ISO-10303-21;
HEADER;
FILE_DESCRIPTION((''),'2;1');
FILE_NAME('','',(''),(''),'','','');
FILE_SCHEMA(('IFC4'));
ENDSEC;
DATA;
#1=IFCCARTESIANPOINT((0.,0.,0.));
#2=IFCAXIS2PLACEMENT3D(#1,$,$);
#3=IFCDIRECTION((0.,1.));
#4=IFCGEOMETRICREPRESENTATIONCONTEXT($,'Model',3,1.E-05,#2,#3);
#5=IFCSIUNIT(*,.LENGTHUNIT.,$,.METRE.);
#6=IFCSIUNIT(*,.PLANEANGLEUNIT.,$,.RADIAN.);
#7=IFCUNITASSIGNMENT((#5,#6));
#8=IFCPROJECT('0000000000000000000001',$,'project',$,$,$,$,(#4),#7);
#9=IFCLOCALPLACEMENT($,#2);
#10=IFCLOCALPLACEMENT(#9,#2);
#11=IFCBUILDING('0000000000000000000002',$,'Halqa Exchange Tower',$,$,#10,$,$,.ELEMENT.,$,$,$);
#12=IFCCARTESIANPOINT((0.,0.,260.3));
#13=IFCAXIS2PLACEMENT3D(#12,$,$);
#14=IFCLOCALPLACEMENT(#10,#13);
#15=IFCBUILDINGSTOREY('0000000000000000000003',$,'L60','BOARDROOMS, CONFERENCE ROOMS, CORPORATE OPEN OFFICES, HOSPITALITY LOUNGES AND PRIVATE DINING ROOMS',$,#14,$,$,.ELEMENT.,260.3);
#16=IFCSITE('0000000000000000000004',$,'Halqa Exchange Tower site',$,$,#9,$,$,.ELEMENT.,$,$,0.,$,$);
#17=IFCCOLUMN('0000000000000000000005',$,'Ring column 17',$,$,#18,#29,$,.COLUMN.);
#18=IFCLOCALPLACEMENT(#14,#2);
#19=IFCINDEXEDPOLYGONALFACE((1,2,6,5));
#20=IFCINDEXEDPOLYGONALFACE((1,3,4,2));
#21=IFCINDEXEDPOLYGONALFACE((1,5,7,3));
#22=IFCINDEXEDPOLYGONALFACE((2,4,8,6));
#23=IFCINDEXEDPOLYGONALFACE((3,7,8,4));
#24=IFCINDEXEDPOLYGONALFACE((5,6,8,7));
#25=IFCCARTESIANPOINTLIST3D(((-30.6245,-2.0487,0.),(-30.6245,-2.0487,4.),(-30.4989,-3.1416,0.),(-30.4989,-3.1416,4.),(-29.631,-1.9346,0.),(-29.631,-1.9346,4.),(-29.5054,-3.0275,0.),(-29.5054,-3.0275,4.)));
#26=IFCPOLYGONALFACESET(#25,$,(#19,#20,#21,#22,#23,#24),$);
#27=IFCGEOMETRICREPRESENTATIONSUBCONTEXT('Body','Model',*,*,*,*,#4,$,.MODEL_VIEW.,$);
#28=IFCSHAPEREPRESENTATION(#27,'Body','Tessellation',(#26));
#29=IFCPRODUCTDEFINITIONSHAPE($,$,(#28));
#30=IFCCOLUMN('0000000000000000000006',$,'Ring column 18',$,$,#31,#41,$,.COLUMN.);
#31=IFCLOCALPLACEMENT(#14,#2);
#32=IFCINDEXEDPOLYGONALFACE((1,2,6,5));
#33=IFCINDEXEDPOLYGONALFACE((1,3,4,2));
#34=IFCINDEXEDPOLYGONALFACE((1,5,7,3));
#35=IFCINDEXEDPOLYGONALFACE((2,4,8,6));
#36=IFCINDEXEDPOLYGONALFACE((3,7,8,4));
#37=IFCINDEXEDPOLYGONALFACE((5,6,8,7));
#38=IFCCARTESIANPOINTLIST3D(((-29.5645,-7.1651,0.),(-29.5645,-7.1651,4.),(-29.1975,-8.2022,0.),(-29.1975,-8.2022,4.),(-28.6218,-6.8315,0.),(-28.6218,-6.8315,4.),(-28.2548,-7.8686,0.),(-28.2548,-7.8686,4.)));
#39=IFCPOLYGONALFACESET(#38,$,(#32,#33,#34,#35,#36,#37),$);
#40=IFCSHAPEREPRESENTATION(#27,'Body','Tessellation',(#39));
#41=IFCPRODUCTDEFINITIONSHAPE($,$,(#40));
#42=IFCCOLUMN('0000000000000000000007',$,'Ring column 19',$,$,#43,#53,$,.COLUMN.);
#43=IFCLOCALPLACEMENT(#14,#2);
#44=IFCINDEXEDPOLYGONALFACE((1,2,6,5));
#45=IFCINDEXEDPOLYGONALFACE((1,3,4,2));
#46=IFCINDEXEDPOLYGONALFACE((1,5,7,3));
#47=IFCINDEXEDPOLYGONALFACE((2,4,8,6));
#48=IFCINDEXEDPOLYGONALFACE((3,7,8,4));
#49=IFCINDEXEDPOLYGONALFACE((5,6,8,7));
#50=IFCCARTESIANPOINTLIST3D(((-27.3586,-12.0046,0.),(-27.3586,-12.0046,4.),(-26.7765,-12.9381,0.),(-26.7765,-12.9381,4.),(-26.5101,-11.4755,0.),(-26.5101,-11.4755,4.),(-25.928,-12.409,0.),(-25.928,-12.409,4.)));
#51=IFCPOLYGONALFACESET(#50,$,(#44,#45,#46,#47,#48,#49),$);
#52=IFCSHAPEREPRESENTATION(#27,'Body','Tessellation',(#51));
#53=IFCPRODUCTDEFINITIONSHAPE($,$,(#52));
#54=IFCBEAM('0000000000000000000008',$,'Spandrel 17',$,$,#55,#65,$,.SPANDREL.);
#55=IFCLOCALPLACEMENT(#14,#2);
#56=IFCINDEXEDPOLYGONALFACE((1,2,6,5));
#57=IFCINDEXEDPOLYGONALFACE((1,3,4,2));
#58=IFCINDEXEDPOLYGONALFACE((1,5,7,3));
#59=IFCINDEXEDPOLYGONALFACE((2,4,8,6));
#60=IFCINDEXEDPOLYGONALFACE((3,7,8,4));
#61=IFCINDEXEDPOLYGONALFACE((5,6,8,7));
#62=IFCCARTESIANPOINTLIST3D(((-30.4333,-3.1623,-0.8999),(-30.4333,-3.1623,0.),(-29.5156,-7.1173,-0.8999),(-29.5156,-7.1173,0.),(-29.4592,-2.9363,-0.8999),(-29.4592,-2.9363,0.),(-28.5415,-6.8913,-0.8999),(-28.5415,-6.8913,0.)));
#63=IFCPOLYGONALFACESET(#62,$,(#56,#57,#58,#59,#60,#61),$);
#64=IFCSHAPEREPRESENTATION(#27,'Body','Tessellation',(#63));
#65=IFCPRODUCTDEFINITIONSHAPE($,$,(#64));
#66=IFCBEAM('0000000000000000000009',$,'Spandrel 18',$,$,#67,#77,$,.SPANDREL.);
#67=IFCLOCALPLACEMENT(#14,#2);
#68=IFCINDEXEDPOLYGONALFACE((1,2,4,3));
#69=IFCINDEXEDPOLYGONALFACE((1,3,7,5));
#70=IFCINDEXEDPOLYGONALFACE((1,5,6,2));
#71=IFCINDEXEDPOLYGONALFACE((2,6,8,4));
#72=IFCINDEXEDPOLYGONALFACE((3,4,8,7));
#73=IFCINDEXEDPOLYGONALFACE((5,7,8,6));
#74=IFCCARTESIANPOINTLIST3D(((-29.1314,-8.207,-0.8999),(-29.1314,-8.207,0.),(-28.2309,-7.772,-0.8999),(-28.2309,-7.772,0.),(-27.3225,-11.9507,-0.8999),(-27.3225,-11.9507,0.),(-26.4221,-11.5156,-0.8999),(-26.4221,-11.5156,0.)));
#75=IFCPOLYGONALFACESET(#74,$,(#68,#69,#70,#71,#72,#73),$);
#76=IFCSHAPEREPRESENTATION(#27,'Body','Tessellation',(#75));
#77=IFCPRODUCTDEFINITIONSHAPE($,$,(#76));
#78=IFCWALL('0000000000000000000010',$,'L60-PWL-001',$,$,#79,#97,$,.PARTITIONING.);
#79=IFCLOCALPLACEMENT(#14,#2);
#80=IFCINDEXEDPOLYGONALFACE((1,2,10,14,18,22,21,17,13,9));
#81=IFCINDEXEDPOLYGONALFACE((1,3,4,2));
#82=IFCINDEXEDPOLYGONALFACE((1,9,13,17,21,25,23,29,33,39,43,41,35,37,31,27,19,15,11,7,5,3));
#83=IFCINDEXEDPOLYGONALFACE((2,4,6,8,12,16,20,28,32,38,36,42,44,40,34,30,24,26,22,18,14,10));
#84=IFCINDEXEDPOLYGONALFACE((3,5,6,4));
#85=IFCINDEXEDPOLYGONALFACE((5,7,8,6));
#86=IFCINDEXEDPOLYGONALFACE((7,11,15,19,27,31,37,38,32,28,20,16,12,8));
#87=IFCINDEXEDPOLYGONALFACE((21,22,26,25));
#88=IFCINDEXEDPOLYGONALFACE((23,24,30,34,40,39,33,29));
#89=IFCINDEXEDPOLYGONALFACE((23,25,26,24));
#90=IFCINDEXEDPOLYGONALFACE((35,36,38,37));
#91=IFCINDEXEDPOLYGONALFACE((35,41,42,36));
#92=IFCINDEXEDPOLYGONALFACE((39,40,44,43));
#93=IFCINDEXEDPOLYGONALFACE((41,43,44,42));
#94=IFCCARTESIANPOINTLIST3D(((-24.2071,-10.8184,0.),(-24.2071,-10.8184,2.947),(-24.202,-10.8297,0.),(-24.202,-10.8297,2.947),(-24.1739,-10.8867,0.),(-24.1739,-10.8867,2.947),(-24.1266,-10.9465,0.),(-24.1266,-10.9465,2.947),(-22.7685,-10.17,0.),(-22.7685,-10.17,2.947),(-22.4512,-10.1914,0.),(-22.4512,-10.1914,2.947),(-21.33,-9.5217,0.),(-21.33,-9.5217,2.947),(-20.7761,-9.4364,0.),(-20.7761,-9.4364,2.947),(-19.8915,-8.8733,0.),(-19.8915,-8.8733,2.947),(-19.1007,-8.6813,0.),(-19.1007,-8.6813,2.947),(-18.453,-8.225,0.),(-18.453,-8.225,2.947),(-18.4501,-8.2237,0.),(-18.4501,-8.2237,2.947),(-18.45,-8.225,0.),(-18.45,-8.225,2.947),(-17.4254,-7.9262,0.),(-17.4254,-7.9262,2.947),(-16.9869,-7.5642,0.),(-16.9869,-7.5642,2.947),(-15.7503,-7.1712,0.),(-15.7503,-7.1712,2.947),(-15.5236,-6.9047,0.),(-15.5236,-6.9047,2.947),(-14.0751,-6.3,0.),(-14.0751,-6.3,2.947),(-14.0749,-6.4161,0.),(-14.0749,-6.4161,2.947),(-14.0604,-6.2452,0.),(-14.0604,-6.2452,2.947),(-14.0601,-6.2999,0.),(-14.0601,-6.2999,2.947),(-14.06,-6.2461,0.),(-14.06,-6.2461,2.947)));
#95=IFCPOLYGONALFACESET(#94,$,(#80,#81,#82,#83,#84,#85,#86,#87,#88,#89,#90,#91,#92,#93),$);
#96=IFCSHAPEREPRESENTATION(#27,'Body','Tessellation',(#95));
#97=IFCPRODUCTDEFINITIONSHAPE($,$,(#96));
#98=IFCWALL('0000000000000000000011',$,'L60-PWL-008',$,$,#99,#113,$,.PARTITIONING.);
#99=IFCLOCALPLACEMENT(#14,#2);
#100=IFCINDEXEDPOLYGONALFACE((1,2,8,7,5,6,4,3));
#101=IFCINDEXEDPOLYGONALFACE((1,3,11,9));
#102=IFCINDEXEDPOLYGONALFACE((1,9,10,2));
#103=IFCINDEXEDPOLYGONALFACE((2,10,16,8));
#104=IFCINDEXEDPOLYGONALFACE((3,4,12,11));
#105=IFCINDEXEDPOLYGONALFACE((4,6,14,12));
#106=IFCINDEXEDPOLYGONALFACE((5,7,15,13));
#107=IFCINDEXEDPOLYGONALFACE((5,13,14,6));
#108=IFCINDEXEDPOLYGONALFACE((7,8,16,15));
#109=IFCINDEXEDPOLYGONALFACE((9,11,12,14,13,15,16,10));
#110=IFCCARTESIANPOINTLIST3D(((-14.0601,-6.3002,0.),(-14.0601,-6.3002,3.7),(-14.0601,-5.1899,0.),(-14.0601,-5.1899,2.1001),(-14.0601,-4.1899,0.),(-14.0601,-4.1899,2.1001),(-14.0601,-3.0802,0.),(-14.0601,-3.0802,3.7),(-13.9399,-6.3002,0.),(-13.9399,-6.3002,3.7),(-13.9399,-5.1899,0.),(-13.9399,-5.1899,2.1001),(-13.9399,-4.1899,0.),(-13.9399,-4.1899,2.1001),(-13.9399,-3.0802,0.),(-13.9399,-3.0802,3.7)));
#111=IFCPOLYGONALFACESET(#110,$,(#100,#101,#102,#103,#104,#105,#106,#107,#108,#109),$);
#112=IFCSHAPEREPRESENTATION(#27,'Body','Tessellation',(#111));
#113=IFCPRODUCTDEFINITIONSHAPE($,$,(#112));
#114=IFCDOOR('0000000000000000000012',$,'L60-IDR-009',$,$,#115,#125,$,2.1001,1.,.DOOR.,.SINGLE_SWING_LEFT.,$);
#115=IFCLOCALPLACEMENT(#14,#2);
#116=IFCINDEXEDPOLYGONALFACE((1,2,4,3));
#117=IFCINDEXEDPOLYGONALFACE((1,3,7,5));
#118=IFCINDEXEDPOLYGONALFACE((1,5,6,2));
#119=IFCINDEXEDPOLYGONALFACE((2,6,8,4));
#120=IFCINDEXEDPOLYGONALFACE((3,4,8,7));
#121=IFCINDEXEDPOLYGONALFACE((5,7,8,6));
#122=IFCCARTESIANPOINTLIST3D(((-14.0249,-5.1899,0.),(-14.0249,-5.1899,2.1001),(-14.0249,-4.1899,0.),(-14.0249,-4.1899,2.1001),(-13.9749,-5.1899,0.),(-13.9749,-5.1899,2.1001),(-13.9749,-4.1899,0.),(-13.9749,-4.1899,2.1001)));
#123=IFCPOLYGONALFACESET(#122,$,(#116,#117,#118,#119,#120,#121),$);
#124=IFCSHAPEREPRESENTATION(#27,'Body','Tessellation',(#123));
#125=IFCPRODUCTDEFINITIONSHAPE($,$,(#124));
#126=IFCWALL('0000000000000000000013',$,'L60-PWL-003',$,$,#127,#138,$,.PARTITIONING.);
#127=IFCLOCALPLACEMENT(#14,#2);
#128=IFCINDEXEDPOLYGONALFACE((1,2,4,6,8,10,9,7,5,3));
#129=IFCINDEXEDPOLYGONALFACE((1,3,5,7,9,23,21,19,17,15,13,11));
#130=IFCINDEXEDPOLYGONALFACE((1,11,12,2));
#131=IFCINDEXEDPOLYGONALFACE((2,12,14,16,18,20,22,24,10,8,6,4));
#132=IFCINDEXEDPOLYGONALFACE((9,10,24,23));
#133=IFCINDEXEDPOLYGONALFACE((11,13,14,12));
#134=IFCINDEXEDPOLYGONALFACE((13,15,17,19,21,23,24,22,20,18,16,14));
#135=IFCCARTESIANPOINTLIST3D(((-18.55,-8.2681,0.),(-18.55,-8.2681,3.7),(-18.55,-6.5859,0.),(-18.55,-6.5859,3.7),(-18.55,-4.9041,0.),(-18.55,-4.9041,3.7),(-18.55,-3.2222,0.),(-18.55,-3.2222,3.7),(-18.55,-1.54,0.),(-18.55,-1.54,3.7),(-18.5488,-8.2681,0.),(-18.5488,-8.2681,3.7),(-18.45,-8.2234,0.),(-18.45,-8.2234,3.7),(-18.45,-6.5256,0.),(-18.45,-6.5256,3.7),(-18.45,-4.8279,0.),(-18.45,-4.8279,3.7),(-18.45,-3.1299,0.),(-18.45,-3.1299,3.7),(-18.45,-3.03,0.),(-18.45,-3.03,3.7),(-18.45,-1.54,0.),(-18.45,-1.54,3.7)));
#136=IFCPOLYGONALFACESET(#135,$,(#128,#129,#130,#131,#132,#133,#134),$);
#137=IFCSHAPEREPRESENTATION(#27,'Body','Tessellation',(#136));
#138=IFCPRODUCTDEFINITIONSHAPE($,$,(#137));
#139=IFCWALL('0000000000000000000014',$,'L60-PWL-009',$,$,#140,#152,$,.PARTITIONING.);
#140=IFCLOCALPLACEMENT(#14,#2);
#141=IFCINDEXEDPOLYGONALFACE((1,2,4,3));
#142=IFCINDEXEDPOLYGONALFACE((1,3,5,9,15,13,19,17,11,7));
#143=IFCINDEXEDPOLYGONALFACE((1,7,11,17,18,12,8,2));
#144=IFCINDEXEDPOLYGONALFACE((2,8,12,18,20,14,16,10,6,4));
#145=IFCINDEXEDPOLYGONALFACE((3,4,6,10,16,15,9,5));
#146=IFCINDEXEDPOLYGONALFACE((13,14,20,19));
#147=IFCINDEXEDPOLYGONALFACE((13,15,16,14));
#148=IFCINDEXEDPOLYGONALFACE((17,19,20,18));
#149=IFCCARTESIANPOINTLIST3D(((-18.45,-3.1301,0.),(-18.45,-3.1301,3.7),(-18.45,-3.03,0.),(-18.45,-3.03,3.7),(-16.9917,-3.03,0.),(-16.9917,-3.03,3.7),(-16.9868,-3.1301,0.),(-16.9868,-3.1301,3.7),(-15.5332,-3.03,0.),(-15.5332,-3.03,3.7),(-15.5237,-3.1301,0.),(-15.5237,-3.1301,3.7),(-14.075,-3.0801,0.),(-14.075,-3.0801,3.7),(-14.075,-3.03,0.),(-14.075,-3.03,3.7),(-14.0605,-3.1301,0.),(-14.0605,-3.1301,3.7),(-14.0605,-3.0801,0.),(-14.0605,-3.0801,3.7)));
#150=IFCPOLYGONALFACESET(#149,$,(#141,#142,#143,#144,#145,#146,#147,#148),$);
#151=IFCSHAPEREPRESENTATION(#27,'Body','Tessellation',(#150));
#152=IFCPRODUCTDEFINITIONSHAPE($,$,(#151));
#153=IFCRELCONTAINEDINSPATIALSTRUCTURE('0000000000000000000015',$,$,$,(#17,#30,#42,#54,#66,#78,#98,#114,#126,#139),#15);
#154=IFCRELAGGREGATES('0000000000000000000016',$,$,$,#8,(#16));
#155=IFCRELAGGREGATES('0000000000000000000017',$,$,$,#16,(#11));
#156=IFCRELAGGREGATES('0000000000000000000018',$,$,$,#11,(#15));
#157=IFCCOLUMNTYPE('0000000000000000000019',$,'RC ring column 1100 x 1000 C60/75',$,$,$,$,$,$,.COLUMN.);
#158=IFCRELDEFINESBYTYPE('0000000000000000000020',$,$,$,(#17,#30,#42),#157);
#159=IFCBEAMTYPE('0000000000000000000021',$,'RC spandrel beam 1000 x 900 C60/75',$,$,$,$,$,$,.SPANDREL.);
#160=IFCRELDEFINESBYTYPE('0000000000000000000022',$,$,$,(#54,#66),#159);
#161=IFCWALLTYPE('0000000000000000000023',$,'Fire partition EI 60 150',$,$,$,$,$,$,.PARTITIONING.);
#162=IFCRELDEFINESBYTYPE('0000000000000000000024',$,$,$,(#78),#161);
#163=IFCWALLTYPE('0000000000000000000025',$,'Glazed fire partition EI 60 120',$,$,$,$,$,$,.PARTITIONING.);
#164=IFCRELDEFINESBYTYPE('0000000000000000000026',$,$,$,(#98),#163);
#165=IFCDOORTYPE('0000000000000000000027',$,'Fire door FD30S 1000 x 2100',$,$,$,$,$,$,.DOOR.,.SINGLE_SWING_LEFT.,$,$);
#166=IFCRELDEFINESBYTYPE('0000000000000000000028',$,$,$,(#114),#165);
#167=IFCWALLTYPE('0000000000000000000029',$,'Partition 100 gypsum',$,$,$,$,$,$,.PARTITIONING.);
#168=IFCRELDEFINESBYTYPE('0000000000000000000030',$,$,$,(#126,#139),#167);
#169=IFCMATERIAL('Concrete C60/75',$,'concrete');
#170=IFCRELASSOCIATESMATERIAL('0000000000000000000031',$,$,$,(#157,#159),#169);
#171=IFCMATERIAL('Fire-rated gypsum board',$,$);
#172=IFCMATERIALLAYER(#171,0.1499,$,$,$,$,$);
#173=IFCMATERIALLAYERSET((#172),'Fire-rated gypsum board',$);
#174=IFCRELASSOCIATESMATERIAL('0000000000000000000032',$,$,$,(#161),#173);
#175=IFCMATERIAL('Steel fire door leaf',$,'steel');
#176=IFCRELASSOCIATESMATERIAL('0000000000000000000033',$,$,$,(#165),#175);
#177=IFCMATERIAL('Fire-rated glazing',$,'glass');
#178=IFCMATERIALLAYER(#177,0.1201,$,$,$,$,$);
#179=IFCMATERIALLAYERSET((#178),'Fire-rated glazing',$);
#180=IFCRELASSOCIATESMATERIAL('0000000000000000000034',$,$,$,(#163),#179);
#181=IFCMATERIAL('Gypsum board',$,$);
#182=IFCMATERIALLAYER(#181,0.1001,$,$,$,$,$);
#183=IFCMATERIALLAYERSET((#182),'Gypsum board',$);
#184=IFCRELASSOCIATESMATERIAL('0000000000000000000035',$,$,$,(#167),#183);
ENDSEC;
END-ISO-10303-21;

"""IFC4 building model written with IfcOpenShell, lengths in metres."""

from ifc_helpers import new_model, si_unit, direction, frame, frame_2d, origin, origin_2d, place, context, subcontext, project, spatial, polyline, rectangle, outline, extrude, material, layer, layer_set, material_profile, profile_set, type_object, element, fill, save


model = new_model("IFC4")

# Units and contexts
model_context = context("Model", 3, precision=1e-05, world=origin(), true_north=direction((0.0, 1.0)))
body_context = subcontext(model_context, "Body", "Model", "MODEL_VIEW")
ifc_project = project(units=[si_unit("LENGTHUNIT", "METRE"), si_unit("PLANEANGLEUNIT", "RADIAN")], contexts=[model_context])

# Site, building, storey
site_placement = place(None, origin())
site = spatial("IfcSite", under=ifc_project, at=site_placement, Name="Halqa Exchange Tower site", CompositionType="ELEMENT", RefElevation=0.0)
building_placement = place(site_placement, origin())
building = spatial("IfcBuilding", under=site, at=building_placement, Name="Halqa Exchange Tower", CompositionType="ELEMENT")
storey_placement = place(building_placement, frame((0.0, 0.0, 260.3)))
storey = spatial("IfcBuildingStorey", under=building, at=storey_placement, Name="L60", Description="BOARDROOMS, CONFERENCE ROOMS, CORPORATE OPEN OFFICES, HOSPITALITY LOUNGES AND PRIVATE DINING ROOMS", CompositionType="ELEMENT", Elevation=260.3)

# Columns
ifc_material_1 = material(Name="Concrete C60/75", Category="concrete")
ifc_material_profile_1 = material_profile(ifc_material_1, rectangle(XDim=1.1001, YDim=1.0, at=origin_2d()), Name="1100 x 1000")
ifc_profile_set_1 = profile_set([ifc_material_profile_1], Name="Concrete C60/75")
column_type = type_object("IfcColumnType", Name="RC ring column 1100 x 1000 C60/75", PredefinedType="COLUMN", material=ifc_profile_set_1)
for number, where, z_axis, x_axis, name in (
    (1, (-30.0649, -2.5381, 0.0), (0.0, 0.0, 1.0), (0.114159, -0.993463, 0.0), "Ring column 17"),
    (2, (-28.9097, -7.5168, 0.0), (0.0, 0.0, 1.0), (0.333623, -0.942707, 0.0), "Ring column 18"),
    (3, (-26.6433, -12.2068, 0.0), (0.0, 0.0, 1.0), (0.52914, -0.848534, 0.0), "Ring column 19"),
):
    element("IfcColumn", number, at=place(storey_placement, frame(where, z_axis=z_axis, x_axis=x_axis)), inside=storey, type_object=column_type, Name=name, PredefinedType="COLUMN", context=body_context, shape_type="SweptSolid", body=[
        extrude(rectangle(XDim=1.1001, YDim=1.0, at=origin_2d()), origin(), (0.0, 0.0, 1.0), 4.0),
    ])

# Beams
ifc_material_profile_2 = material_profile(ifc_material_1, rectangle(XDim=1.0, YDim=0.8999, at=origin_2d()), Name="1000 x 900")
ifc_profile_set_2 = profile_set([ifc_material_profile_2], Name="Concrete C60/75")
beam_type = type_object("IfcBeamType", Name="RC spandrel beam 1000 x 900 C60/75", PredefinedType="SPANDREL", material=ifc_profile_set_2)
beam_1_placement = place(storey_placement, frame((-29.9463, -3.0493, -0.45), z_axis=(0.226032, -0.97412, 0.0), x_axis=(0.97412, 0.226032, 0.0)))
element("IfcBeam", 4, at=beam_1_placement, inside=storey, type_object=beam_type, Name="Spandrel 17", PredefinedType="SPANDREL", context=body_context, shape_type="SweptSolid", body=[
    extrude(rectangle(XDim=1.0, YDim=0.8999, at=origin_2d()), origin(), (0.0, 0.0, 1.0), 4.0601),
])
beam_2_placement = place(storey_placement, frame((-28.6812, -7.9895, -0.45), z_axis=(0.435053, -0.900405, 0.0), x_axis=(0.900405, 0.435053, 0.0)))
element("IfcBeam", 5, at=beam_2_placement, inside=storey, type_object=beam_type, Name="Spandrel 18", PredefinedType="SPANDREL", context=body_context, shape_type="SweptSolid", body=[
    extrude(rectangle(XDim=1.0, YDim=0.8999, at=origin_2d()), origin(), (0.0, 0.0, 1.0), 4.1577),
])

# Wall
ifc_material_2 = material(Name="Fire-rated gypsum board")
ifc_layer_1 = layer(ifc_material_2, 0.1499)
ifc_layer_set_1 = layer_set([ifc_layer_1], Name="Fire-rated gypsum board")
wall_type_1 = type_object("IfcWallType", Name="Fire partition EI 60 150", PredefinedType="PARTITIONING", material=ifc_layer_set_1)
wall_1_placement = place(storey_placement, frame((-24.1763, -10.8867, 0.0), z_axis=(0.0, 0.0, 1.0), x_axis=(0.911679, 0.410904, 0.0)))
element("IfcWall", 6, at=wall_1_placement, inside=storey, type_object=wall_type_1, Name="L60-PWL-001", PredefinedType="PARTITIONING", context=body_context, shape_type="SweptSolid", body=[
    extrude(outline(polyline([(0.0208, -0.075), (1.8584, -0.075), (3.6958, -0.075), (5.5334, -0.075), (7.3711, -0.075), (9.2085, -0.075), (11.0461, -0.075), (11.0938, 0.031), (11.1074, 0.0249), (11.1296, 0.074), (11.1296, 0.075), (9.5247, 0.075), (7.9197, 0.075), (6.3147, 0.075), (6.3142, 0.0737), (6.3115, 0.075), (4.7336, 0.075), (3.1558, 0.075), (1.5779, 0.075), (0.0, 0.075), (0.0, 0.0625), (0.0022, -0.001), (0.0208, -0.075)])), origin(), (0.0, 0.0, 1.0), 2.947),
])

# Shared definitions
ifc_material_3 = material(Name="Steel fire door leaf", Category="steel")
door_type_1 = type_object("IfcDoorType", Name="Fire door FD30S 1000 x 2100", OperationType="SINGLE_SWING_LEFT", PredefinedType="DOOR", material=ifc_material_3)

# Wall, opening, door
ifc_material_4 = material(Name="Fire-rated glazing", Category="glass")
ifc_layer_2 = layer(ifc_material_4, 0.1201)
ifc_layer_set_2 = layer_set([ifc_layer_2], Name="Fire-rated glazing")
wall_type_2 = type_object("IfcWallType", Name="Glazed fire partition EI 60 120", PredefinedType="PARTITIONING", material=ifc_layer_set_2)
wall_2_placement = place(storey_placement, frame((-14.0, -6.3, 0.0), z_axis=(0.0, 0.0, 1.0), x_axis=(0.0, 1.0, 0.0)))
wall_2 = element("IfcWall", 7, at=wall_2_placement, inside=storey, type_object=wall_type_2, Name="L60-PWL-008", PredefinedType="PARTITIONING", context=body_context, shape_type="SweptSolid", body=[
    extrude(rectangle(XDim=3.22, YDim=0.1201, at=frame_2d((1.6099, 0.0))), origin(), (0.0, 0.0, 1.0), 3.7),
])
opening_1_placement = place(wall_2_placement, frame((1.1101, 0.0, 0.0)))
opening_1 = element("IfcOpeningElement", 8, at=opening_1_placement, cuts=wall_2, PredefinedType="OPENING", context=body_context, shape_type="SweptSolid", body=[
    extrude(rectangle(XDim=1.0, YDim=2.1001, at=frame_2d((0.5, 1.05))), frame((0.0, 0.072, 0.0), z_axis=(0.0, -1.0, 0.0), x_axis=(1.0, 0.0, 0.0)), (0.0, 0.0, 1.0), 0.144),
])
door_1_placement = place(opening_1_placement, origin())
door_1 = element("IfcDoor", 9, at=door_1_placement, inside=storey, type_object=door_type_1, Name="L60-IDR-009", OperationType="SINGLE_SWING_LEFT", OverallHeight=2.1001, OverallWidth=1.0, PredefinedType="DOOR", context=body_context, shape_type="SweptSolid", body=[
    extrude(rectangle(XDim=1.0, YDim=2.1001, at=frame_2d((0.5, 1.05))), frame((0.0, 0.0249, 0.0), z_axis=(0.0, -1.0, 0.0), x_axis=(1.0, 0.0, 0.0)), (0.0, 0.0, 1.0), 0.05),
])
fill(opening_1, door_1)

# Walls
ifc_material_5 = material(Name="Gypsum board")
ifc_layer_3 = layer(ifc_material_5, 0.1001)
ifc_layer_set_3 = layer_set([ifc_layer_3], Name="Gypsum board")
wall_type_3 = type_object("IfcWallType", Name="Partition 100 gypsum", PredefinedType="PARTITIONING", material=ifc_layer_set_3)
wall_3_placement = place(storey_placement, frame((-18.5, -8.2681, 0.0), z_axis=(0.0, 0.0, 1.0), x_axis=(0.0, 1.0, 0.0)))
element("IfcWall", 10, at=wall_3_placement, inside=storey, type_object=wall_type_3, Name="L60-PWL-003", PredefinedType="PARTITIONING", context=body_context, shape_type="SweptSolid", body=[
    extrude(outline(polyline([(0.0447, -0.05), (1.7424, -0.05), (3.4402, -0.05), (5.1382, -0.05), (5.1382, -0.05), (5.238, -0.05), (5.238, -0.05), (6.728, -0.05), (6.728, 0.05), (5.0459, 0.05), (3.364, 0.05), (1.6821, 0.05), (0.0, 0.05), (0.0, 0.0488), (0.0447, -0.05)])), origin(), (0.0, 0.0, 1.0), 3.7),
])
wall_4_placement = place(storey_placement, frame((-14.0605, -3.0801, 0.0), z_axis=(0.0, 0.0, 1.0), x_axis=(-1.0, 0.0, 0.0)))
element("IfcWall", 11, at=wall_4_placement, inside=storey, type_object=wall_type_3, Name="L60-PWL-009", PredefinedType="PARTITIONING", context=body_context, shape_type="SweptSolid", body=[
    extrude(outline(polyline([(0.0, 0.05), (0.0, 0.0), (0.0144, 0.0), (0.0144, -0.05), (1.4727, -0.05), (2.9312, -0.05), (4.3894, -0.05), (4.3894, 0.05), (2.9263, 0.05), (1.4631, 0.05), (0.0, 0.05)])), origin(), (0.0, 0.0, 1.0), 3.7),
])

save(model, "model.ifc")
